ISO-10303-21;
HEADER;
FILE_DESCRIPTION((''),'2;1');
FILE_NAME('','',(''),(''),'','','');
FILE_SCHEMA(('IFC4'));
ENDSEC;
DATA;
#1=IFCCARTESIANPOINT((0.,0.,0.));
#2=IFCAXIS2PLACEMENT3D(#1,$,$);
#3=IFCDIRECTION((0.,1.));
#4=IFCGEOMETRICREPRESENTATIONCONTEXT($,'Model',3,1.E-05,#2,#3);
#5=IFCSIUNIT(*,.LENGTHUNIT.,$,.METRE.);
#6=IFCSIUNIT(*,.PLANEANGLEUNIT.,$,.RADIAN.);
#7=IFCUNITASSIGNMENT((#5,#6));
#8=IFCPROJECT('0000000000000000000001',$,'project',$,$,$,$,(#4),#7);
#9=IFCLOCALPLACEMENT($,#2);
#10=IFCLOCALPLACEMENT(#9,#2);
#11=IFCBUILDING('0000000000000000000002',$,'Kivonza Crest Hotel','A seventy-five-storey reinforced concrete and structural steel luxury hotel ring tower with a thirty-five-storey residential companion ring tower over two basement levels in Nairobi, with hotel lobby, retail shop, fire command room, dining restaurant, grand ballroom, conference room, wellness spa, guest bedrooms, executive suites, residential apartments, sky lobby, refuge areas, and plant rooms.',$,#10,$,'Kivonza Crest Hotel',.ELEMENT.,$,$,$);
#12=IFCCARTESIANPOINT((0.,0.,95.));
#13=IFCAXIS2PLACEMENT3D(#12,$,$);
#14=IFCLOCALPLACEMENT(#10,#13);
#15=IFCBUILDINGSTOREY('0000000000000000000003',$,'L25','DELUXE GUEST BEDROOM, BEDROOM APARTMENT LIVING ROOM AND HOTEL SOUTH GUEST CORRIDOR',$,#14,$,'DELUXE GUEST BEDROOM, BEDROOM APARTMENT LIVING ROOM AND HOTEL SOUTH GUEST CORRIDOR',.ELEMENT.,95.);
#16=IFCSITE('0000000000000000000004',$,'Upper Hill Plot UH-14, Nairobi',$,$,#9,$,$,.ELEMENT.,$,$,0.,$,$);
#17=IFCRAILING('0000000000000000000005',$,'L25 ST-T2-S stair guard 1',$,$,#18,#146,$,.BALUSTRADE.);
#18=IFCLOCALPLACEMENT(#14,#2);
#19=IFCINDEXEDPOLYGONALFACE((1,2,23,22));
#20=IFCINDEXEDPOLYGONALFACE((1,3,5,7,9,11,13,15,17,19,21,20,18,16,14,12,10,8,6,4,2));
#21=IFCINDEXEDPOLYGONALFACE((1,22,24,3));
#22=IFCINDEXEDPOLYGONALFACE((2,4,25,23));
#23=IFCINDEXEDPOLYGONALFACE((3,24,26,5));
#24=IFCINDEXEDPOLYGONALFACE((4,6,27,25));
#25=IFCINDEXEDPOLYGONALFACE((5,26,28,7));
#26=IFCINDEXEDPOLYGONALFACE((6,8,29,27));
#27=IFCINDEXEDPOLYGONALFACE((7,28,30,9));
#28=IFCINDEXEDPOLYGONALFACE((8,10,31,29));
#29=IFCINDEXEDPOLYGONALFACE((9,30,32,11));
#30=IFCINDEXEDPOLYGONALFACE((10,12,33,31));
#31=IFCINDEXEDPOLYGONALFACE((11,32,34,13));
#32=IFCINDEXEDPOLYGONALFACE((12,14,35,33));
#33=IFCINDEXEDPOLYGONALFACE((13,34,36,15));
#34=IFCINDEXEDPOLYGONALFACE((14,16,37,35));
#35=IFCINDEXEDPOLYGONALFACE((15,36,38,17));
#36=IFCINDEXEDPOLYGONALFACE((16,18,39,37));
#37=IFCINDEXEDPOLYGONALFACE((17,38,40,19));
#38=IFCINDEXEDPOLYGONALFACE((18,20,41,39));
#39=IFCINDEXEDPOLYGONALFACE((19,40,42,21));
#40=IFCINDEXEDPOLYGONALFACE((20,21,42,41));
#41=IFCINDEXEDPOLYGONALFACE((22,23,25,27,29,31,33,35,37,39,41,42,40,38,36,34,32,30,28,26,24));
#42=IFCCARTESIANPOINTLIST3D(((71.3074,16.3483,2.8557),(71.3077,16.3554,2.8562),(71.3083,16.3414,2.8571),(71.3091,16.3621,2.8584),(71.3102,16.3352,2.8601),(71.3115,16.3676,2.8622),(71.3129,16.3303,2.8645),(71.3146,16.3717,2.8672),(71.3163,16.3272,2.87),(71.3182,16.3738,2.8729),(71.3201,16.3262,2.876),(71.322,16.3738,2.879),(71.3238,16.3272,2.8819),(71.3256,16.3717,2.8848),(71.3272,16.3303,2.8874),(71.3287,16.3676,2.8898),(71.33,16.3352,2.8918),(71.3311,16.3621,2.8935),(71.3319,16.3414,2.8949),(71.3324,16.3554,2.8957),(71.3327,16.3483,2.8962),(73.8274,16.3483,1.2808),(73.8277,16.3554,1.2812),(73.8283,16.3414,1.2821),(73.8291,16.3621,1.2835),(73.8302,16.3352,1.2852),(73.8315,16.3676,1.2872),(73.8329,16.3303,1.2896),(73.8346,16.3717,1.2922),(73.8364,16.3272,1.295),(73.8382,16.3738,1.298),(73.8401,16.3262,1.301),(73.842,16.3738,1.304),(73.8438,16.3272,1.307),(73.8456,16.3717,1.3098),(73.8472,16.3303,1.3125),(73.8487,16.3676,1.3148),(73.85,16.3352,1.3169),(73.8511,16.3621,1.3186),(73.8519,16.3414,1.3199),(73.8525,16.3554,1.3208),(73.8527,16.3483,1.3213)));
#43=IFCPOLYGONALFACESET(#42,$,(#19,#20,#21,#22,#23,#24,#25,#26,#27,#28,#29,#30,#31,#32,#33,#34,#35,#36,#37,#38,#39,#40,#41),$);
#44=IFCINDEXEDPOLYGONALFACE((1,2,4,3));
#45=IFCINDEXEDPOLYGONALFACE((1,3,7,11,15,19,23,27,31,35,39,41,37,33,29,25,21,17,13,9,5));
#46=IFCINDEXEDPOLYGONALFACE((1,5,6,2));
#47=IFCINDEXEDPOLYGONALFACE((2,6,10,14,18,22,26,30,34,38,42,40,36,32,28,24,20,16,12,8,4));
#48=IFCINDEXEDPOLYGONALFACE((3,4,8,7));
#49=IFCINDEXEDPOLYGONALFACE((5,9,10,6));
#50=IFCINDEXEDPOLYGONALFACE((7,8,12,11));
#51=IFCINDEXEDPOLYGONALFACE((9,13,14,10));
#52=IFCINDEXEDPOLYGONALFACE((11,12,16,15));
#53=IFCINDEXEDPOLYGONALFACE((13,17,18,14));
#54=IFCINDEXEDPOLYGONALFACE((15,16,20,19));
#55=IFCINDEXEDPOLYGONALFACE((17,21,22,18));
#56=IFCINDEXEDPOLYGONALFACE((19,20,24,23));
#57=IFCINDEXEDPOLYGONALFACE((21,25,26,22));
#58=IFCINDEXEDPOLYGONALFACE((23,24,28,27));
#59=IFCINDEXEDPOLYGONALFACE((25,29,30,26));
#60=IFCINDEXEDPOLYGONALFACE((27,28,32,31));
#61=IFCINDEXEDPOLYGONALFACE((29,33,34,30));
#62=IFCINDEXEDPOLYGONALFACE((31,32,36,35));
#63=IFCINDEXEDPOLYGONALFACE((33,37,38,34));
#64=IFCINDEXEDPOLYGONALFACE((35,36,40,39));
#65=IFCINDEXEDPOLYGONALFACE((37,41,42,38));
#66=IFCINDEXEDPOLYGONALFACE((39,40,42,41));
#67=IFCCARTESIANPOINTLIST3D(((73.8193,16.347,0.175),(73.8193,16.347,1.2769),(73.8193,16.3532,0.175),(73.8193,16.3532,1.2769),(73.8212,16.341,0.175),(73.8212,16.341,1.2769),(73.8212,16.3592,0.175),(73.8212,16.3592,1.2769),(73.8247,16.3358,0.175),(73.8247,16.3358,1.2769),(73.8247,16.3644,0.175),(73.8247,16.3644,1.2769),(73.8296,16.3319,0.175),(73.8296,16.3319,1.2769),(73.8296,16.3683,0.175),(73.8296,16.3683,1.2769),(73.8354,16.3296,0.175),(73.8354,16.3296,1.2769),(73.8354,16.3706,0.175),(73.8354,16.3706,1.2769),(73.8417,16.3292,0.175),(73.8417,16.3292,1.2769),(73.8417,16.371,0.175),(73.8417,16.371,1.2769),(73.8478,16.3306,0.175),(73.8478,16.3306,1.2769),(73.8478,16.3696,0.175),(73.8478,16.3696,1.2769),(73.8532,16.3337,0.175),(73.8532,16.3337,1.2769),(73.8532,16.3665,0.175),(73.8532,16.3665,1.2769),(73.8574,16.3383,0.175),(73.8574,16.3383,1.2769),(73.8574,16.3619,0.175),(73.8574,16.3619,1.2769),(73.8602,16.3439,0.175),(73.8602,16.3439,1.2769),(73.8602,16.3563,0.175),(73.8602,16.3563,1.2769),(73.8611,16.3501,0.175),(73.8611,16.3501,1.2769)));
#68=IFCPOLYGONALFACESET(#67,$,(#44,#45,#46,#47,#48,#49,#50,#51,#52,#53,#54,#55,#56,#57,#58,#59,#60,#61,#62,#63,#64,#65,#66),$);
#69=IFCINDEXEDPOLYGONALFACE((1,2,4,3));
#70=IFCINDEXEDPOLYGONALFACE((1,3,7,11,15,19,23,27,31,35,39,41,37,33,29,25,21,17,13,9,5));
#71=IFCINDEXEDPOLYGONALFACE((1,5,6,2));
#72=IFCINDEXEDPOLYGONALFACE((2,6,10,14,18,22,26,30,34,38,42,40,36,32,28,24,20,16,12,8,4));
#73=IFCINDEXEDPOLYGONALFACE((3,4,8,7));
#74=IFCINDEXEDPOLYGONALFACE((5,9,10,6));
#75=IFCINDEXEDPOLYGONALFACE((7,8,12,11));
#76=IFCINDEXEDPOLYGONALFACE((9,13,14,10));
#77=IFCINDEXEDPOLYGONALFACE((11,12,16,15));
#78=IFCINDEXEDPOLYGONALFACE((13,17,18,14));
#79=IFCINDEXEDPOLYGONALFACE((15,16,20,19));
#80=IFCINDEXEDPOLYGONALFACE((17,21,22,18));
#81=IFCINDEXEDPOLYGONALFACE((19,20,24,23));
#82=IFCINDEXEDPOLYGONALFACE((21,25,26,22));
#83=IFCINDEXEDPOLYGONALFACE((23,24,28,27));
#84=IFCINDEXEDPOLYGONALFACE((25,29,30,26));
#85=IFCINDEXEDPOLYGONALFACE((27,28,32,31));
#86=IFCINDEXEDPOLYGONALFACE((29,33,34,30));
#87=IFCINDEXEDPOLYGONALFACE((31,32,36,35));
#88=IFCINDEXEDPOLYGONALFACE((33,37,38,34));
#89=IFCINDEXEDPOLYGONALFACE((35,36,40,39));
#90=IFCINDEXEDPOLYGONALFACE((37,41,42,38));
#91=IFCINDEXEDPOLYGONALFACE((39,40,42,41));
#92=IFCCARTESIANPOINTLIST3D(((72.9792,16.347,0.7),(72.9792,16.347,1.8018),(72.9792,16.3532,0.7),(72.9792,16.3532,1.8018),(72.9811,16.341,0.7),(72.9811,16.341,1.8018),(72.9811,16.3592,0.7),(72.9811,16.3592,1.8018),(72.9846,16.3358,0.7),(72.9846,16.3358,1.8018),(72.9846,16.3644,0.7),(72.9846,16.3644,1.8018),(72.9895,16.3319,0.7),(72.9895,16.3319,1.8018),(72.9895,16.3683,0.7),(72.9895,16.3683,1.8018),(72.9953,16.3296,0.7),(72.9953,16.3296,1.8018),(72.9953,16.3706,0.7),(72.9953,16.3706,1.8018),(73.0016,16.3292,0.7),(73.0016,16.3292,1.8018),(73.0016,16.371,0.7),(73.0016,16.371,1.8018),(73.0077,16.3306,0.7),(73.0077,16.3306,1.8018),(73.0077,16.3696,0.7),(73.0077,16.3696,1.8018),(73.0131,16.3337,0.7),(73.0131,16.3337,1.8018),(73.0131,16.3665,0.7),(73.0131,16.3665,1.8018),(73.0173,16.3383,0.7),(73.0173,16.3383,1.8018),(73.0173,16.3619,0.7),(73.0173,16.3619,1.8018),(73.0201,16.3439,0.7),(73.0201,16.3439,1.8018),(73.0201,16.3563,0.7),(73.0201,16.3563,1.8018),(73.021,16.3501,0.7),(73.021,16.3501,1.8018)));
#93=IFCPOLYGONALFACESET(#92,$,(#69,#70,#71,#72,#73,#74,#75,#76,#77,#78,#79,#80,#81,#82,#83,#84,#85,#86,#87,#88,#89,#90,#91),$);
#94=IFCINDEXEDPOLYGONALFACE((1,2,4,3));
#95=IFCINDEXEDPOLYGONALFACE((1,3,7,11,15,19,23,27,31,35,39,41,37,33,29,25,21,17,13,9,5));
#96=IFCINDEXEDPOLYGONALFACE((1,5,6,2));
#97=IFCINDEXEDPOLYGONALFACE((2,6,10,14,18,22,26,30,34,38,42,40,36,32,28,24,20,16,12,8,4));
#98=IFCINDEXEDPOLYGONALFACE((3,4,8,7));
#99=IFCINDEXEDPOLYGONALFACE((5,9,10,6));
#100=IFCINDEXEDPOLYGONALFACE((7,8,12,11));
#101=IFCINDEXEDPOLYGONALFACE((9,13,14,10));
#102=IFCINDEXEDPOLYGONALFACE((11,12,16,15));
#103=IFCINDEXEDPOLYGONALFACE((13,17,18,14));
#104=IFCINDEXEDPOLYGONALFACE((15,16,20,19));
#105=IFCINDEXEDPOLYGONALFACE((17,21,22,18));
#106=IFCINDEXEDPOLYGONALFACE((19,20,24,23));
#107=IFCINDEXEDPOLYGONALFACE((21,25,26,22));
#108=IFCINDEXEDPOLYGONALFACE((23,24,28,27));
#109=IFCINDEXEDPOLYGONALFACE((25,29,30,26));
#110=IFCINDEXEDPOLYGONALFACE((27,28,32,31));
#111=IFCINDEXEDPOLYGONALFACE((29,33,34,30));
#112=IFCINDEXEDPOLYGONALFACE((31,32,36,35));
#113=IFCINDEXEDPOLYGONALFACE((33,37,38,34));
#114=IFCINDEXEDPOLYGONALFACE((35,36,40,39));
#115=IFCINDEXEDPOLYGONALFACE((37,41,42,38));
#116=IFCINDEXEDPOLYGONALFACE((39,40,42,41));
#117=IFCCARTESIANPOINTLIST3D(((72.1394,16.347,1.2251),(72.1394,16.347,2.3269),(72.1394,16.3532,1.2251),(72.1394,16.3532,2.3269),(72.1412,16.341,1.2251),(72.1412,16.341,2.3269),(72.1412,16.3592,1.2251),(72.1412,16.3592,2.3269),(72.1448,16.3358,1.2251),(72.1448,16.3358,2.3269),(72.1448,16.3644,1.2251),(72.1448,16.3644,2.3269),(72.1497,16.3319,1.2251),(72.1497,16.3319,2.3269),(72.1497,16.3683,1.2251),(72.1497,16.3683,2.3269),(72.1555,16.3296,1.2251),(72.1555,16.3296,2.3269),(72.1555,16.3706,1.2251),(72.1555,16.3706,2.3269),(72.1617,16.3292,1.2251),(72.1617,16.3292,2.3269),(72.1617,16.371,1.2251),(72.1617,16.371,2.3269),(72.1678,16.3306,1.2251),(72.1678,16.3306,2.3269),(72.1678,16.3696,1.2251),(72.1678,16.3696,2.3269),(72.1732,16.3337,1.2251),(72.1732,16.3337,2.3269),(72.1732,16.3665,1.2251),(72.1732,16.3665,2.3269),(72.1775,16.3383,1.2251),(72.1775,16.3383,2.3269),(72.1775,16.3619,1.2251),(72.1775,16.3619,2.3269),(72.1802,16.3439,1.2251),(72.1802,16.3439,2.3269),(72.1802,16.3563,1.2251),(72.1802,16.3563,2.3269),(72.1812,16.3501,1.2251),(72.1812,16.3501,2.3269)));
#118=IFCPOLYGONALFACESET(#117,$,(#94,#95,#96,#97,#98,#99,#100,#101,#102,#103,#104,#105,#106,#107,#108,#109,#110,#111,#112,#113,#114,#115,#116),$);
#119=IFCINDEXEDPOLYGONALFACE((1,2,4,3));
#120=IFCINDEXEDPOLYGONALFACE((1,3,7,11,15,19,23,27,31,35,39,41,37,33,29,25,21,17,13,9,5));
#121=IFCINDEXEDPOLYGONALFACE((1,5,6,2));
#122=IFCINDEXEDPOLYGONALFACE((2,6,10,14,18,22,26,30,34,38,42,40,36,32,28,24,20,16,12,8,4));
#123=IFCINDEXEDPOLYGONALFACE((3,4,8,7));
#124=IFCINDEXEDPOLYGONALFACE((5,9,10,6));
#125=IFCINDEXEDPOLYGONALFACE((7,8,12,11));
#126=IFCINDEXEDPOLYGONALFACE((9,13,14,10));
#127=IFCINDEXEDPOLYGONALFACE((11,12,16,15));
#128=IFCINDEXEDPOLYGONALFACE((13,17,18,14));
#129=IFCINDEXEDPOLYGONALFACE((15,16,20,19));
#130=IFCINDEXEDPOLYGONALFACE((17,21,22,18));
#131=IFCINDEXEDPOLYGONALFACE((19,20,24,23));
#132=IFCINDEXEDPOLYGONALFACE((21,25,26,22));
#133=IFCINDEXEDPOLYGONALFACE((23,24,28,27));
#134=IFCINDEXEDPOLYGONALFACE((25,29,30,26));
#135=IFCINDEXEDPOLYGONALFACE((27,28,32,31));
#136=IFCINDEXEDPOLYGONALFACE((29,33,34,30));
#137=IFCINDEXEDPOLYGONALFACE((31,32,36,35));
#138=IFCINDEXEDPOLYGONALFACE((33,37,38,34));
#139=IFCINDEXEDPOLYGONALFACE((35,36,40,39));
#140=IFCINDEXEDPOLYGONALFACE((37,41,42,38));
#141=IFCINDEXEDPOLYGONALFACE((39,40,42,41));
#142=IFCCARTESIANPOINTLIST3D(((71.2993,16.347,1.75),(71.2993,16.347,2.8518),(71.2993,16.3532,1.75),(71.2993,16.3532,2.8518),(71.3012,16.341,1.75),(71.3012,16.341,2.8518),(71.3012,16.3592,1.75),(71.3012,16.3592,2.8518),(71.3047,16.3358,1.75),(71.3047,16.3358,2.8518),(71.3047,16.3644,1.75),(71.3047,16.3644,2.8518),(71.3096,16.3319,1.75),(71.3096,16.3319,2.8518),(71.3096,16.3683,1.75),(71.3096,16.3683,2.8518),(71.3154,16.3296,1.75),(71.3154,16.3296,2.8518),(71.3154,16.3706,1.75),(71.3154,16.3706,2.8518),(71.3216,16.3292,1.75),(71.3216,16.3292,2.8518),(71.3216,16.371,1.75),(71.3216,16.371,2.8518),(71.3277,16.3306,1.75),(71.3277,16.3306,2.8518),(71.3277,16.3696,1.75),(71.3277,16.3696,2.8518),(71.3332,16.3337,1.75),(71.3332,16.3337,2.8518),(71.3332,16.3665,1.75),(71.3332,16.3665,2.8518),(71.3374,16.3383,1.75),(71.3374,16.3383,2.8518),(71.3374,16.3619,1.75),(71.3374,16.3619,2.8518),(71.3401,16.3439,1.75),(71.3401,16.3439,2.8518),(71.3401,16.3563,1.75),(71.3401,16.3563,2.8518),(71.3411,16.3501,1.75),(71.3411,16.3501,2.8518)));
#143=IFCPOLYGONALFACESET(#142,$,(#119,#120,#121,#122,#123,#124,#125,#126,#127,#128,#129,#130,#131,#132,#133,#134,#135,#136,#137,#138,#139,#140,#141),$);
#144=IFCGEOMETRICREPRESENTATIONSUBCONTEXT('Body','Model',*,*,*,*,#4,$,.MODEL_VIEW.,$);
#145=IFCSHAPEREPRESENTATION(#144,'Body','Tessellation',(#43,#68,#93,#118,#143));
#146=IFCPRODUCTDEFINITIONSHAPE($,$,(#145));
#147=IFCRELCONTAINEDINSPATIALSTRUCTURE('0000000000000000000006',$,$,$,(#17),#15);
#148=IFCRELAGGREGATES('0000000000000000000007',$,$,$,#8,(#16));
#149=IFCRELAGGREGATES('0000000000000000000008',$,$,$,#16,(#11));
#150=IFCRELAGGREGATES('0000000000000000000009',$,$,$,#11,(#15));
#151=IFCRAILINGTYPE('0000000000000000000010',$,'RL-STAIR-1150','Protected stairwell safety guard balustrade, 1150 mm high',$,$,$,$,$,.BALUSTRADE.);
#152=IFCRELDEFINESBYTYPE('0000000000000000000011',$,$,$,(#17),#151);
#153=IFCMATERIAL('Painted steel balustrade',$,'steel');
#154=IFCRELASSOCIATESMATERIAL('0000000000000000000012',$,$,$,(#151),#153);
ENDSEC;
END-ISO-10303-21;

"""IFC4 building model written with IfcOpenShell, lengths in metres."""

from ifc_helpers import new_model, si_unit, direction, frame, origin, origin_2d, place, context, subcontext, project, spatial, circle, extrude, material, type_object, element, save


model = new_model("IFC4")

# Units and contexts
model_context = context("Model", 3, precision=1e-05, world=origin(), true_north=direction((0.0, 1.0)))
body_context = subcontext(model_context, "Body", "Model", "MODEL_VIEW")
ifc_project = project(units=[si_unit("LENGTHUNIT", "METRE"), si_unit("PLANEANGLEUNIT", "RADIAN")], contexts=[model_context])

# Site, building, storey
site_placement = place(None, origin())
site = spatial("IfcSite", under=ifc_project, at=site_placement, Name="Upper Hill Plot UH-14, Nairobi", CompositionType="ELEMENT", RefElevation=0.0)
building_placement = place(site_placement, origin())
building = spatial("IfcBuilding", under=site, at=building_placement, Name="Kivonza Crest Hotel", Description="A seventy-five-storey reinforced concrete and structural steel luxury hotel ring tower with a thirty-five-storey residential companion ring tower over two basement levels in Nairobi, with hotel lobby, retail shop, fire command room, dining restaurant, grand ballroom, conference room, wellness spa, guest bedrooms, executive suites, residential apartments, sky lobby, refuge areas, and plant rooms.", LongName="Kivonza Crest Hotel", CompositionType="ELEMENT")
storey_placement = place(building_placement, frame((0.0, 0.0, 95.0)))
storey = spatial("IfcBuildingStorey", under=building, at=storey_placement, Name="L25", Description="DELUXE GUEST BEDROOM, BEDROOM APARTMENT LIVING ROOM AND HOTEL SOUTH GUEST CORRIDOR", LongName="DELUXE GUEST BEDROOM, BEDROOM APARTMENT LIVING ROOM AND HOTEL SOUTH GUEST CORRIDOR", CompositionType="ELEMENT", Elevation=95.0)

# Railing
ifc_material_1 = material(Name="Painted steel balustrade", Category="steel")
railing_type_1 = type_object("IfcRailingType", Name="RL-STAIR-1150", Description="Protected stairwell safety guard balustrade, 1150 mm high", PredefinedType="BALUSTRADE", material=ifc_material_1)
railing_1_placement = place(storey_placement, frame((73.8401, 16.3501, 0.175)))
element("IfcRailing", 1, at=railing_1_placement, inside=storey, type_object=railing_type_1, Name="L25 ST-T2-S stair guard 1", PredefinedType="BALUSTRADE", context=body_context, shape_type="SweptSolid", body=[
    extrude(circle(Radius=0.0239, at=origin_2d()), frame((0.0, 0.0, 1.126), z_axis=(-0.848008, 0.0, 0.529984), x_axis=(0.0, -1.0, 0.0)), (0.0, 0.0, 1.0), 2.9717),
    extrude(circle(Radius=0.021, at=origin_2d()), origin(), (0.0, 0.0, 1.0), 1.1018),
    extrude(circle(Radius=0.021, at=origin_2d()), frame((-0.8401, 0.0, 0.5249)), (0.0, 0.0, 1.0), 1.1018),
    extrude(circle(Radius=0.021, at=origin_2d()), frame((-1.6799, 0.0, 1.05)), (0.0, 0.0, 1.0), 1.1018),
    extrude(circle(Radius=0.021, at=origin_2d()), frame((-2.52, 0.0, 1.575)), (0.0, 0.0, 1.0), 1.1018),
])

save(model, "model.ifc")
